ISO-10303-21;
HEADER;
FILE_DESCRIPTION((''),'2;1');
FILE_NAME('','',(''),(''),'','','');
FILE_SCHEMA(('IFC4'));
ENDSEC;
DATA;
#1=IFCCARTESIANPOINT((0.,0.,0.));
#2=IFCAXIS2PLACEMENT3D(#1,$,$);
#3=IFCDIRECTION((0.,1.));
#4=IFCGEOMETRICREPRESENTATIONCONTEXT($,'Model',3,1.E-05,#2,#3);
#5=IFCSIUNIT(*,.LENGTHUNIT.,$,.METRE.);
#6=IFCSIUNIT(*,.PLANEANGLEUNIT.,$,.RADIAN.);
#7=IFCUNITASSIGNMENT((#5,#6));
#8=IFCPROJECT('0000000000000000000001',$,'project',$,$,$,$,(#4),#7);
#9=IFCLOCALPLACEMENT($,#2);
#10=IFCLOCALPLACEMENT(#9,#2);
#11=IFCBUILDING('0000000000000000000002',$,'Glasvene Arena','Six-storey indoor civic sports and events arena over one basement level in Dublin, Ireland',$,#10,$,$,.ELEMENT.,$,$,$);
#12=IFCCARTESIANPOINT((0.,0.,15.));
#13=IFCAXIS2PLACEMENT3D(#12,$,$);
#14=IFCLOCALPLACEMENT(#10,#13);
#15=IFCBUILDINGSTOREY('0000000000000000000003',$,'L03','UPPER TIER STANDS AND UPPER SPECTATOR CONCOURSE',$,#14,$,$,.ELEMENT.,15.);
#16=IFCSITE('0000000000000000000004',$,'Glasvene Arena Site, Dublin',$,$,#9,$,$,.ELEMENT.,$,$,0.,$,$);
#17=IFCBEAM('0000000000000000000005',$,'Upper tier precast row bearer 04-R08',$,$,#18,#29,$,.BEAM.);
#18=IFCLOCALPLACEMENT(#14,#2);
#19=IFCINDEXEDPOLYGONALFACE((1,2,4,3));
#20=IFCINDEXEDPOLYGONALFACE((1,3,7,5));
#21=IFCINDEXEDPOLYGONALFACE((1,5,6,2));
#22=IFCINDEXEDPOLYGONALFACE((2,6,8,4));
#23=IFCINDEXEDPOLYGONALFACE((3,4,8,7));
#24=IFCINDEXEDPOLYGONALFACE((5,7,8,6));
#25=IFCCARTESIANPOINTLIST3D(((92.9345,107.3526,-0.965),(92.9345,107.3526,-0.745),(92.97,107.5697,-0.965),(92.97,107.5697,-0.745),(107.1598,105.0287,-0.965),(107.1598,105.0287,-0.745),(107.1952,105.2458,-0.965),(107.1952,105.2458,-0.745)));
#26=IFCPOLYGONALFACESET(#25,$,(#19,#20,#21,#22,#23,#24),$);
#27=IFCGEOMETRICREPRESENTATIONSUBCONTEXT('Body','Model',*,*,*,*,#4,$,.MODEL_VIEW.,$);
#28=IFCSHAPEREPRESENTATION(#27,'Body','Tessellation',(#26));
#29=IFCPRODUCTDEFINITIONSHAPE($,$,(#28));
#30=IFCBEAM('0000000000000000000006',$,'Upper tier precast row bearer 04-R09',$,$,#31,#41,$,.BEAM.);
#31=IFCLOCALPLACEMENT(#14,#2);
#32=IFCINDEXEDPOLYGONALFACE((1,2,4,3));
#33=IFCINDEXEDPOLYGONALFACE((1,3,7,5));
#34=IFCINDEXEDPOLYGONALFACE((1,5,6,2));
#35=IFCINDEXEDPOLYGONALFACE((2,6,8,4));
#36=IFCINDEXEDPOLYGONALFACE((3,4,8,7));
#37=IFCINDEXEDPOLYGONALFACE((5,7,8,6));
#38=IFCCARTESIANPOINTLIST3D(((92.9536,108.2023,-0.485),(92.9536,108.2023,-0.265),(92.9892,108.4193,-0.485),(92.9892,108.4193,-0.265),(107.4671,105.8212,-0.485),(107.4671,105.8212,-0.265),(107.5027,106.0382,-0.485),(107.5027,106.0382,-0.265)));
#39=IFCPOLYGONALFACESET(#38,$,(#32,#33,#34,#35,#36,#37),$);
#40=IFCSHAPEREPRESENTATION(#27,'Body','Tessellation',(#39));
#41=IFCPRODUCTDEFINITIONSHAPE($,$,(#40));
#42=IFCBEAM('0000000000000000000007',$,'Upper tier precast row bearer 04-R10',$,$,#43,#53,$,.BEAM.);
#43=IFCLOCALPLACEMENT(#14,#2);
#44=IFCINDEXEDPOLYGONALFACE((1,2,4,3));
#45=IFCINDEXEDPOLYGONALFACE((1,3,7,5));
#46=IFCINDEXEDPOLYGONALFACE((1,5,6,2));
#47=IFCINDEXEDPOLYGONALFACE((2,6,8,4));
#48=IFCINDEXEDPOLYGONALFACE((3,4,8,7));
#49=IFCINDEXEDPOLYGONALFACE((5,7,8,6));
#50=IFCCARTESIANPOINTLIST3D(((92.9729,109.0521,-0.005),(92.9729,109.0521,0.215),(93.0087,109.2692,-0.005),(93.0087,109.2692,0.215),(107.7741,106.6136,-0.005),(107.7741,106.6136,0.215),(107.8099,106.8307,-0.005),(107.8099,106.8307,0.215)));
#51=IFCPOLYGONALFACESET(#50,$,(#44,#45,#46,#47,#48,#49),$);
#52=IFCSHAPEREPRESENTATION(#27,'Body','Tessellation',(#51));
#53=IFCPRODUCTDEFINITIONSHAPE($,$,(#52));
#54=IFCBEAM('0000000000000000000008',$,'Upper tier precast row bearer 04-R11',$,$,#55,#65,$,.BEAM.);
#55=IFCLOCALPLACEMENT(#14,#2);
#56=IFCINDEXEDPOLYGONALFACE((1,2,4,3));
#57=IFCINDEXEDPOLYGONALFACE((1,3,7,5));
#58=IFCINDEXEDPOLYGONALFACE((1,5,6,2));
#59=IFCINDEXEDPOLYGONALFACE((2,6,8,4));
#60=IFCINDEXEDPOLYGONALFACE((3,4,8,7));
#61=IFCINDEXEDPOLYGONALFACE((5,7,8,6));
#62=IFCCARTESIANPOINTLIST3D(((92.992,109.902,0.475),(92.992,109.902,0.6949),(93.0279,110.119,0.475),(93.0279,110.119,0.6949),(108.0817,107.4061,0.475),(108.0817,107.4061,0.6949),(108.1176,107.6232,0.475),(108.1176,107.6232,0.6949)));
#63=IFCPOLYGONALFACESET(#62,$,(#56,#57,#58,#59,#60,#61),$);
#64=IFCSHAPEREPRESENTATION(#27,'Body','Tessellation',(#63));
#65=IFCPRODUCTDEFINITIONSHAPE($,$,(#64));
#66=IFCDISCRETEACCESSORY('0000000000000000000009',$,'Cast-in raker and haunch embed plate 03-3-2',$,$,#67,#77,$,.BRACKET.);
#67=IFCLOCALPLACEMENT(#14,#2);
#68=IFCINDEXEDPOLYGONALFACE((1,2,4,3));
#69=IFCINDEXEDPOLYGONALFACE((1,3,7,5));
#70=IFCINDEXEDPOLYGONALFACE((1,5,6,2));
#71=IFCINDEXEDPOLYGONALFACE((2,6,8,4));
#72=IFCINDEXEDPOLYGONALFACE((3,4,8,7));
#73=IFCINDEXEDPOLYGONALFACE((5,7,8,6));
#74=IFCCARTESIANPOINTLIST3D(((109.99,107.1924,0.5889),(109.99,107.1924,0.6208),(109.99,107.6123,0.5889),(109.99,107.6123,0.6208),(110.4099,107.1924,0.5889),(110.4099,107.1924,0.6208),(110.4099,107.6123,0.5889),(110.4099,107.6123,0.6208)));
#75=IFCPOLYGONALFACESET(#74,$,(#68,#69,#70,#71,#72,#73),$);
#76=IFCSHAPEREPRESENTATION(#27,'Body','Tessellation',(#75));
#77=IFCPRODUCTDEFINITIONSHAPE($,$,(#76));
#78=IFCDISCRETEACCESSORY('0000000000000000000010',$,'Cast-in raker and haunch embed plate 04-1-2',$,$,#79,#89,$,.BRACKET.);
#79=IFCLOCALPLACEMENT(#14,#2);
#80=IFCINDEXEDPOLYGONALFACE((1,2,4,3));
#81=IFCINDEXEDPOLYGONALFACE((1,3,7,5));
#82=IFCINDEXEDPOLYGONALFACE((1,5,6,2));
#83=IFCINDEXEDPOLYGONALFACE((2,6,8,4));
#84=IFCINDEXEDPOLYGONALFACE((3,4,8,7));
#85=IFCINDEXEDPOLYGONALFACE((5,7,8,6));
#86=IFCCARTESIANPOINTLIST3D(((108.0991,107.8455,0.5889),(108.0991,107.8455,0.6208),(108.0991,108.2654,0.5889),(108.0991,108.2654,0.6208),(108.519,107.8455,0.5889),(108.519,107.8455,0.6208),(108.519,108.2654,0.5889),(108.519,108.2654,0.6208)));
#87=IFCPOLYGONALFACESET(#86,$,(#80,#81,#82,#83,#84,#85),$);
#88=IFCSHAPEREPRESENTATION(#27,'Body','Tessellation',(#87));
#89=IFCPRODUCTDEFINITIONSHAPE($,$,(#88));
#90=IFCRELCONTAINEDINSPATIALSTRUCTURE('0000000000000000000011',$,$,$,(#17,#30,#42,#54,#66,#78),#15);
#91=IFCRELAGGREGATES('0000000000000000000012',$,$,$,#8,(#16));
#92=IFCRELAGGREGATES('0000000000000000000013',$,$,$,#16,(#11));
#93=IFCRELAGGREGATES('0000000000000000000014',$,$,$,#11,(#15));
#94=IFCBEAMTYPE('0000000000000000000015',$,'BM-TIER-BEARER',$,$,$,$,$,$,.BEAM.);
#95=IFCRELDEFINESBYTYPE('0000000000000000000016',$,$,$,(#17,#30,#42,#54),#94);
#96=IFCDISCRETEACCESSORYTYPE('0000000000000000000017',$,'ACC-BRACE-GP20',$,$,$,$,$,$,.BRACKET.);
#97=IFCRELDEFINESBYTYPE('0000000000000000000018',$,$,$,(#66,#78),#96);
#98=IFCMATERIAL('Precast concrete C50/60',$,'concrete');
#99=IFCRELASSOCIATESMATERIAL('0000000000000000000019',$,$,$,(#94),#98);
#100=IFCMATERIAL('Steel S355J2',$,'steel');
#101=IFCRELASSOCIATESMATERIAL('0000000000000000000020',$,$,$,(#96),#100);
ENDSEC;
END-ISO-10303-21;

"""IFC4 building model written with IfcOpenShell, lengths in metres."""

from ifc_helpers import new_model, si_unit, direction, frame, origin, origin_2d, place, context, subcontext, project, spatial, rectangle, extrude, material, material_profile, profile_set, type_object, element, save


model = new_model("IFC4")

# Units and contexts
model_context = context("Model", 3, precision=1e-05, world=origin(), true_north=direction((0.0, 1.0)))
body_context = subcontext(model_context, "Body", "Model", "MODEL_VIEW")
ifc_project = project(units=[si_unit("LENGTHUNIT", "METRE"), si_unit("PLANEANGLEUNIT", "RADIAN")], contexts=[model_context])

# Site, building, storey
site_placement = place(None, origin())
site = spatial("IfcSite", under=ifc_project, at=site_placement, Name="Glasvene Arena Site, Dublin", CompositionType="ELEMENT", RefElevation=0.0)
building_placement = place(site_placement, origin())
building = spatial("IfcBuilding", under=site, at=building_placement, Name="Glasvene Arena", Description="Six-storey indoor civic sports and events arena over one basement level in Dublin, Ireland", CompositionType="ELEMENT")
storey_placement = place(building_placement, frame((0.0, 0.0, 15.0)))
storey = spatial("IfcBuildingStorey", under=building, at=storey_placement, Name="L03", Description="UPPER TIER STANDS AND UPPER SPECTATOR CONCOURSE", CompositionType="ELEMENT", Elevation=15.0)

# Shared definitions
ifc_material_1 = material(Name="Steel S355J2", Category="steel")

# Beams
ifc_material_2 = material(Name="Precast concrete C50/60", Category="concrete")
ifc_material_profile_1 = material_profile(ifc_material_2, rectangle(XDim=0.22, YDim=0.22, at=origin_2d()), Name="RC 220x220")
ifc_profile_set_1 = profile_set([ifc_material_profile_1], Name="Precast concrete C50/60")
beam_type_1 = type_object("IfcBeamType", Name="BM-TIER-BEARER", PredefinedType="BEAM", material=ifc_profile_set_1)
beam_1_placement = place(storey_placement, frame((107.1775, 105.1372, -0.855), z_axis=(-0.986917, 0.161231, 0.0), x_axis=(-0.161231, -0.986917, 0.0)))
element("IfcBeam", 1, at=beam_1_placement, inside=storey, type_object=beam_type_1, Name="Upper tier precast row bearer 04-R08", PredefinedType="BEAM", context=body_context, shape_type="SweptSolid", body=[
    extrude(rectangle(XDim=0.22, YDim=0.22, at=origin_2d()), origin(), (0.0, 0.0, 1.0), 14.4138),
])
beam_2_placement = place(storey_placement, frame((107.4849, 105.9297, -0.375), z_axis=(-0.986808, 0.161898, 0.0), x_axis=(-0.161898, -0.986808, 0.0)))
element("IfcBeam", 2, at=beam_2_placement, inside=storey, type_object=beam_type_1, Name="Upper tier precast row bearer 04-R09", PredefinedType="BEAM", context=body_context, shape_type="SweptSolid", body=[
    extrude(rectangle(XDim=0.22, YDim=0.22, at=origin_2d()), origin(), (0.0, 0.0, 1.0), 14.7075),
])
beam_3_placement = place(storey_placement, frame((107.792, 106.7222, 0.105), z_axis=(-0.986699, 0.162557, 0.0), x_axis=(-0.162557, -0.986699, 0.0)))
element("IfcBeam", 3, at=beam_3_placement, inside=storey, type_object=beam_type_1, Name="Upper tier precast row bearer 04-R10", PredefinedType="BEAM", context=body_context, shape_type="SweptSolid", body=[
    extrude(rectangle(XDim=0.22, YDim=0.22, at=origin_2d()), origin(), (0.0, 0.0, 1.0), 15.0007),
])
beam_4_placement = place(storey_placement, frame((108.0996, 107.5146, 0.585), z_axis=(-0.986596, 0.163185, 0.0), x_axis=(-0.163185, -0.986596, 0.0)))
element("IfcBeam", 4, at=beam_4_placement, inside=storey, type_object=beam_type_1, Name="Upper tier precast row bearer 04-R11", PredefinedType="BEAM", context=body_context, shape_type="SweptSolid", body=[
    extrude(rectangle(XDim=0.22, YDim=0.22, at=origin_2d()), origin(), (0.0, 0.0, 1.0), 15.2947),
])

# Discrete accessories
discrete_accessory_type = type_object("IfcDiscreteAccessoryType", Name="ACC-BRACE-GP20", PredefinedType="BRACKET", material=ifc_material_1)
for number, where, z_axis, x_axis, name in (
    (5, (110.2, 107.4023, 0.5889), (0.0, 0.0, 1.0), (1.0, 0.0, 0.0), "Cast-in raker and haunch embed plate 03-3-2"),
    (6, (108.3091, 108.0554, 0.5889), (0.0, 0.0, 1.0), (1.0, 0.0, 0.0), "Cast-in raker and haunch embed plate 04-1-2"),
):
    element("IfcDiscreteAccessory", number, at=place(storey_placement, frame(where, z_axis=z_axis, x_axis=x_axis)), inside=storey, type_object=discrete_accessory_type, Name=name, PredefinedType="BRACKET", context=body_context, shape_type="SweptSolid", body=[
        extrude(rectangle(XDim=0.4199, YDim=0.4199, at=origin_2d()), origin(), (0.0, 0.0, 1.0), 0.032),
    ])

save(model, "model.ifc")
